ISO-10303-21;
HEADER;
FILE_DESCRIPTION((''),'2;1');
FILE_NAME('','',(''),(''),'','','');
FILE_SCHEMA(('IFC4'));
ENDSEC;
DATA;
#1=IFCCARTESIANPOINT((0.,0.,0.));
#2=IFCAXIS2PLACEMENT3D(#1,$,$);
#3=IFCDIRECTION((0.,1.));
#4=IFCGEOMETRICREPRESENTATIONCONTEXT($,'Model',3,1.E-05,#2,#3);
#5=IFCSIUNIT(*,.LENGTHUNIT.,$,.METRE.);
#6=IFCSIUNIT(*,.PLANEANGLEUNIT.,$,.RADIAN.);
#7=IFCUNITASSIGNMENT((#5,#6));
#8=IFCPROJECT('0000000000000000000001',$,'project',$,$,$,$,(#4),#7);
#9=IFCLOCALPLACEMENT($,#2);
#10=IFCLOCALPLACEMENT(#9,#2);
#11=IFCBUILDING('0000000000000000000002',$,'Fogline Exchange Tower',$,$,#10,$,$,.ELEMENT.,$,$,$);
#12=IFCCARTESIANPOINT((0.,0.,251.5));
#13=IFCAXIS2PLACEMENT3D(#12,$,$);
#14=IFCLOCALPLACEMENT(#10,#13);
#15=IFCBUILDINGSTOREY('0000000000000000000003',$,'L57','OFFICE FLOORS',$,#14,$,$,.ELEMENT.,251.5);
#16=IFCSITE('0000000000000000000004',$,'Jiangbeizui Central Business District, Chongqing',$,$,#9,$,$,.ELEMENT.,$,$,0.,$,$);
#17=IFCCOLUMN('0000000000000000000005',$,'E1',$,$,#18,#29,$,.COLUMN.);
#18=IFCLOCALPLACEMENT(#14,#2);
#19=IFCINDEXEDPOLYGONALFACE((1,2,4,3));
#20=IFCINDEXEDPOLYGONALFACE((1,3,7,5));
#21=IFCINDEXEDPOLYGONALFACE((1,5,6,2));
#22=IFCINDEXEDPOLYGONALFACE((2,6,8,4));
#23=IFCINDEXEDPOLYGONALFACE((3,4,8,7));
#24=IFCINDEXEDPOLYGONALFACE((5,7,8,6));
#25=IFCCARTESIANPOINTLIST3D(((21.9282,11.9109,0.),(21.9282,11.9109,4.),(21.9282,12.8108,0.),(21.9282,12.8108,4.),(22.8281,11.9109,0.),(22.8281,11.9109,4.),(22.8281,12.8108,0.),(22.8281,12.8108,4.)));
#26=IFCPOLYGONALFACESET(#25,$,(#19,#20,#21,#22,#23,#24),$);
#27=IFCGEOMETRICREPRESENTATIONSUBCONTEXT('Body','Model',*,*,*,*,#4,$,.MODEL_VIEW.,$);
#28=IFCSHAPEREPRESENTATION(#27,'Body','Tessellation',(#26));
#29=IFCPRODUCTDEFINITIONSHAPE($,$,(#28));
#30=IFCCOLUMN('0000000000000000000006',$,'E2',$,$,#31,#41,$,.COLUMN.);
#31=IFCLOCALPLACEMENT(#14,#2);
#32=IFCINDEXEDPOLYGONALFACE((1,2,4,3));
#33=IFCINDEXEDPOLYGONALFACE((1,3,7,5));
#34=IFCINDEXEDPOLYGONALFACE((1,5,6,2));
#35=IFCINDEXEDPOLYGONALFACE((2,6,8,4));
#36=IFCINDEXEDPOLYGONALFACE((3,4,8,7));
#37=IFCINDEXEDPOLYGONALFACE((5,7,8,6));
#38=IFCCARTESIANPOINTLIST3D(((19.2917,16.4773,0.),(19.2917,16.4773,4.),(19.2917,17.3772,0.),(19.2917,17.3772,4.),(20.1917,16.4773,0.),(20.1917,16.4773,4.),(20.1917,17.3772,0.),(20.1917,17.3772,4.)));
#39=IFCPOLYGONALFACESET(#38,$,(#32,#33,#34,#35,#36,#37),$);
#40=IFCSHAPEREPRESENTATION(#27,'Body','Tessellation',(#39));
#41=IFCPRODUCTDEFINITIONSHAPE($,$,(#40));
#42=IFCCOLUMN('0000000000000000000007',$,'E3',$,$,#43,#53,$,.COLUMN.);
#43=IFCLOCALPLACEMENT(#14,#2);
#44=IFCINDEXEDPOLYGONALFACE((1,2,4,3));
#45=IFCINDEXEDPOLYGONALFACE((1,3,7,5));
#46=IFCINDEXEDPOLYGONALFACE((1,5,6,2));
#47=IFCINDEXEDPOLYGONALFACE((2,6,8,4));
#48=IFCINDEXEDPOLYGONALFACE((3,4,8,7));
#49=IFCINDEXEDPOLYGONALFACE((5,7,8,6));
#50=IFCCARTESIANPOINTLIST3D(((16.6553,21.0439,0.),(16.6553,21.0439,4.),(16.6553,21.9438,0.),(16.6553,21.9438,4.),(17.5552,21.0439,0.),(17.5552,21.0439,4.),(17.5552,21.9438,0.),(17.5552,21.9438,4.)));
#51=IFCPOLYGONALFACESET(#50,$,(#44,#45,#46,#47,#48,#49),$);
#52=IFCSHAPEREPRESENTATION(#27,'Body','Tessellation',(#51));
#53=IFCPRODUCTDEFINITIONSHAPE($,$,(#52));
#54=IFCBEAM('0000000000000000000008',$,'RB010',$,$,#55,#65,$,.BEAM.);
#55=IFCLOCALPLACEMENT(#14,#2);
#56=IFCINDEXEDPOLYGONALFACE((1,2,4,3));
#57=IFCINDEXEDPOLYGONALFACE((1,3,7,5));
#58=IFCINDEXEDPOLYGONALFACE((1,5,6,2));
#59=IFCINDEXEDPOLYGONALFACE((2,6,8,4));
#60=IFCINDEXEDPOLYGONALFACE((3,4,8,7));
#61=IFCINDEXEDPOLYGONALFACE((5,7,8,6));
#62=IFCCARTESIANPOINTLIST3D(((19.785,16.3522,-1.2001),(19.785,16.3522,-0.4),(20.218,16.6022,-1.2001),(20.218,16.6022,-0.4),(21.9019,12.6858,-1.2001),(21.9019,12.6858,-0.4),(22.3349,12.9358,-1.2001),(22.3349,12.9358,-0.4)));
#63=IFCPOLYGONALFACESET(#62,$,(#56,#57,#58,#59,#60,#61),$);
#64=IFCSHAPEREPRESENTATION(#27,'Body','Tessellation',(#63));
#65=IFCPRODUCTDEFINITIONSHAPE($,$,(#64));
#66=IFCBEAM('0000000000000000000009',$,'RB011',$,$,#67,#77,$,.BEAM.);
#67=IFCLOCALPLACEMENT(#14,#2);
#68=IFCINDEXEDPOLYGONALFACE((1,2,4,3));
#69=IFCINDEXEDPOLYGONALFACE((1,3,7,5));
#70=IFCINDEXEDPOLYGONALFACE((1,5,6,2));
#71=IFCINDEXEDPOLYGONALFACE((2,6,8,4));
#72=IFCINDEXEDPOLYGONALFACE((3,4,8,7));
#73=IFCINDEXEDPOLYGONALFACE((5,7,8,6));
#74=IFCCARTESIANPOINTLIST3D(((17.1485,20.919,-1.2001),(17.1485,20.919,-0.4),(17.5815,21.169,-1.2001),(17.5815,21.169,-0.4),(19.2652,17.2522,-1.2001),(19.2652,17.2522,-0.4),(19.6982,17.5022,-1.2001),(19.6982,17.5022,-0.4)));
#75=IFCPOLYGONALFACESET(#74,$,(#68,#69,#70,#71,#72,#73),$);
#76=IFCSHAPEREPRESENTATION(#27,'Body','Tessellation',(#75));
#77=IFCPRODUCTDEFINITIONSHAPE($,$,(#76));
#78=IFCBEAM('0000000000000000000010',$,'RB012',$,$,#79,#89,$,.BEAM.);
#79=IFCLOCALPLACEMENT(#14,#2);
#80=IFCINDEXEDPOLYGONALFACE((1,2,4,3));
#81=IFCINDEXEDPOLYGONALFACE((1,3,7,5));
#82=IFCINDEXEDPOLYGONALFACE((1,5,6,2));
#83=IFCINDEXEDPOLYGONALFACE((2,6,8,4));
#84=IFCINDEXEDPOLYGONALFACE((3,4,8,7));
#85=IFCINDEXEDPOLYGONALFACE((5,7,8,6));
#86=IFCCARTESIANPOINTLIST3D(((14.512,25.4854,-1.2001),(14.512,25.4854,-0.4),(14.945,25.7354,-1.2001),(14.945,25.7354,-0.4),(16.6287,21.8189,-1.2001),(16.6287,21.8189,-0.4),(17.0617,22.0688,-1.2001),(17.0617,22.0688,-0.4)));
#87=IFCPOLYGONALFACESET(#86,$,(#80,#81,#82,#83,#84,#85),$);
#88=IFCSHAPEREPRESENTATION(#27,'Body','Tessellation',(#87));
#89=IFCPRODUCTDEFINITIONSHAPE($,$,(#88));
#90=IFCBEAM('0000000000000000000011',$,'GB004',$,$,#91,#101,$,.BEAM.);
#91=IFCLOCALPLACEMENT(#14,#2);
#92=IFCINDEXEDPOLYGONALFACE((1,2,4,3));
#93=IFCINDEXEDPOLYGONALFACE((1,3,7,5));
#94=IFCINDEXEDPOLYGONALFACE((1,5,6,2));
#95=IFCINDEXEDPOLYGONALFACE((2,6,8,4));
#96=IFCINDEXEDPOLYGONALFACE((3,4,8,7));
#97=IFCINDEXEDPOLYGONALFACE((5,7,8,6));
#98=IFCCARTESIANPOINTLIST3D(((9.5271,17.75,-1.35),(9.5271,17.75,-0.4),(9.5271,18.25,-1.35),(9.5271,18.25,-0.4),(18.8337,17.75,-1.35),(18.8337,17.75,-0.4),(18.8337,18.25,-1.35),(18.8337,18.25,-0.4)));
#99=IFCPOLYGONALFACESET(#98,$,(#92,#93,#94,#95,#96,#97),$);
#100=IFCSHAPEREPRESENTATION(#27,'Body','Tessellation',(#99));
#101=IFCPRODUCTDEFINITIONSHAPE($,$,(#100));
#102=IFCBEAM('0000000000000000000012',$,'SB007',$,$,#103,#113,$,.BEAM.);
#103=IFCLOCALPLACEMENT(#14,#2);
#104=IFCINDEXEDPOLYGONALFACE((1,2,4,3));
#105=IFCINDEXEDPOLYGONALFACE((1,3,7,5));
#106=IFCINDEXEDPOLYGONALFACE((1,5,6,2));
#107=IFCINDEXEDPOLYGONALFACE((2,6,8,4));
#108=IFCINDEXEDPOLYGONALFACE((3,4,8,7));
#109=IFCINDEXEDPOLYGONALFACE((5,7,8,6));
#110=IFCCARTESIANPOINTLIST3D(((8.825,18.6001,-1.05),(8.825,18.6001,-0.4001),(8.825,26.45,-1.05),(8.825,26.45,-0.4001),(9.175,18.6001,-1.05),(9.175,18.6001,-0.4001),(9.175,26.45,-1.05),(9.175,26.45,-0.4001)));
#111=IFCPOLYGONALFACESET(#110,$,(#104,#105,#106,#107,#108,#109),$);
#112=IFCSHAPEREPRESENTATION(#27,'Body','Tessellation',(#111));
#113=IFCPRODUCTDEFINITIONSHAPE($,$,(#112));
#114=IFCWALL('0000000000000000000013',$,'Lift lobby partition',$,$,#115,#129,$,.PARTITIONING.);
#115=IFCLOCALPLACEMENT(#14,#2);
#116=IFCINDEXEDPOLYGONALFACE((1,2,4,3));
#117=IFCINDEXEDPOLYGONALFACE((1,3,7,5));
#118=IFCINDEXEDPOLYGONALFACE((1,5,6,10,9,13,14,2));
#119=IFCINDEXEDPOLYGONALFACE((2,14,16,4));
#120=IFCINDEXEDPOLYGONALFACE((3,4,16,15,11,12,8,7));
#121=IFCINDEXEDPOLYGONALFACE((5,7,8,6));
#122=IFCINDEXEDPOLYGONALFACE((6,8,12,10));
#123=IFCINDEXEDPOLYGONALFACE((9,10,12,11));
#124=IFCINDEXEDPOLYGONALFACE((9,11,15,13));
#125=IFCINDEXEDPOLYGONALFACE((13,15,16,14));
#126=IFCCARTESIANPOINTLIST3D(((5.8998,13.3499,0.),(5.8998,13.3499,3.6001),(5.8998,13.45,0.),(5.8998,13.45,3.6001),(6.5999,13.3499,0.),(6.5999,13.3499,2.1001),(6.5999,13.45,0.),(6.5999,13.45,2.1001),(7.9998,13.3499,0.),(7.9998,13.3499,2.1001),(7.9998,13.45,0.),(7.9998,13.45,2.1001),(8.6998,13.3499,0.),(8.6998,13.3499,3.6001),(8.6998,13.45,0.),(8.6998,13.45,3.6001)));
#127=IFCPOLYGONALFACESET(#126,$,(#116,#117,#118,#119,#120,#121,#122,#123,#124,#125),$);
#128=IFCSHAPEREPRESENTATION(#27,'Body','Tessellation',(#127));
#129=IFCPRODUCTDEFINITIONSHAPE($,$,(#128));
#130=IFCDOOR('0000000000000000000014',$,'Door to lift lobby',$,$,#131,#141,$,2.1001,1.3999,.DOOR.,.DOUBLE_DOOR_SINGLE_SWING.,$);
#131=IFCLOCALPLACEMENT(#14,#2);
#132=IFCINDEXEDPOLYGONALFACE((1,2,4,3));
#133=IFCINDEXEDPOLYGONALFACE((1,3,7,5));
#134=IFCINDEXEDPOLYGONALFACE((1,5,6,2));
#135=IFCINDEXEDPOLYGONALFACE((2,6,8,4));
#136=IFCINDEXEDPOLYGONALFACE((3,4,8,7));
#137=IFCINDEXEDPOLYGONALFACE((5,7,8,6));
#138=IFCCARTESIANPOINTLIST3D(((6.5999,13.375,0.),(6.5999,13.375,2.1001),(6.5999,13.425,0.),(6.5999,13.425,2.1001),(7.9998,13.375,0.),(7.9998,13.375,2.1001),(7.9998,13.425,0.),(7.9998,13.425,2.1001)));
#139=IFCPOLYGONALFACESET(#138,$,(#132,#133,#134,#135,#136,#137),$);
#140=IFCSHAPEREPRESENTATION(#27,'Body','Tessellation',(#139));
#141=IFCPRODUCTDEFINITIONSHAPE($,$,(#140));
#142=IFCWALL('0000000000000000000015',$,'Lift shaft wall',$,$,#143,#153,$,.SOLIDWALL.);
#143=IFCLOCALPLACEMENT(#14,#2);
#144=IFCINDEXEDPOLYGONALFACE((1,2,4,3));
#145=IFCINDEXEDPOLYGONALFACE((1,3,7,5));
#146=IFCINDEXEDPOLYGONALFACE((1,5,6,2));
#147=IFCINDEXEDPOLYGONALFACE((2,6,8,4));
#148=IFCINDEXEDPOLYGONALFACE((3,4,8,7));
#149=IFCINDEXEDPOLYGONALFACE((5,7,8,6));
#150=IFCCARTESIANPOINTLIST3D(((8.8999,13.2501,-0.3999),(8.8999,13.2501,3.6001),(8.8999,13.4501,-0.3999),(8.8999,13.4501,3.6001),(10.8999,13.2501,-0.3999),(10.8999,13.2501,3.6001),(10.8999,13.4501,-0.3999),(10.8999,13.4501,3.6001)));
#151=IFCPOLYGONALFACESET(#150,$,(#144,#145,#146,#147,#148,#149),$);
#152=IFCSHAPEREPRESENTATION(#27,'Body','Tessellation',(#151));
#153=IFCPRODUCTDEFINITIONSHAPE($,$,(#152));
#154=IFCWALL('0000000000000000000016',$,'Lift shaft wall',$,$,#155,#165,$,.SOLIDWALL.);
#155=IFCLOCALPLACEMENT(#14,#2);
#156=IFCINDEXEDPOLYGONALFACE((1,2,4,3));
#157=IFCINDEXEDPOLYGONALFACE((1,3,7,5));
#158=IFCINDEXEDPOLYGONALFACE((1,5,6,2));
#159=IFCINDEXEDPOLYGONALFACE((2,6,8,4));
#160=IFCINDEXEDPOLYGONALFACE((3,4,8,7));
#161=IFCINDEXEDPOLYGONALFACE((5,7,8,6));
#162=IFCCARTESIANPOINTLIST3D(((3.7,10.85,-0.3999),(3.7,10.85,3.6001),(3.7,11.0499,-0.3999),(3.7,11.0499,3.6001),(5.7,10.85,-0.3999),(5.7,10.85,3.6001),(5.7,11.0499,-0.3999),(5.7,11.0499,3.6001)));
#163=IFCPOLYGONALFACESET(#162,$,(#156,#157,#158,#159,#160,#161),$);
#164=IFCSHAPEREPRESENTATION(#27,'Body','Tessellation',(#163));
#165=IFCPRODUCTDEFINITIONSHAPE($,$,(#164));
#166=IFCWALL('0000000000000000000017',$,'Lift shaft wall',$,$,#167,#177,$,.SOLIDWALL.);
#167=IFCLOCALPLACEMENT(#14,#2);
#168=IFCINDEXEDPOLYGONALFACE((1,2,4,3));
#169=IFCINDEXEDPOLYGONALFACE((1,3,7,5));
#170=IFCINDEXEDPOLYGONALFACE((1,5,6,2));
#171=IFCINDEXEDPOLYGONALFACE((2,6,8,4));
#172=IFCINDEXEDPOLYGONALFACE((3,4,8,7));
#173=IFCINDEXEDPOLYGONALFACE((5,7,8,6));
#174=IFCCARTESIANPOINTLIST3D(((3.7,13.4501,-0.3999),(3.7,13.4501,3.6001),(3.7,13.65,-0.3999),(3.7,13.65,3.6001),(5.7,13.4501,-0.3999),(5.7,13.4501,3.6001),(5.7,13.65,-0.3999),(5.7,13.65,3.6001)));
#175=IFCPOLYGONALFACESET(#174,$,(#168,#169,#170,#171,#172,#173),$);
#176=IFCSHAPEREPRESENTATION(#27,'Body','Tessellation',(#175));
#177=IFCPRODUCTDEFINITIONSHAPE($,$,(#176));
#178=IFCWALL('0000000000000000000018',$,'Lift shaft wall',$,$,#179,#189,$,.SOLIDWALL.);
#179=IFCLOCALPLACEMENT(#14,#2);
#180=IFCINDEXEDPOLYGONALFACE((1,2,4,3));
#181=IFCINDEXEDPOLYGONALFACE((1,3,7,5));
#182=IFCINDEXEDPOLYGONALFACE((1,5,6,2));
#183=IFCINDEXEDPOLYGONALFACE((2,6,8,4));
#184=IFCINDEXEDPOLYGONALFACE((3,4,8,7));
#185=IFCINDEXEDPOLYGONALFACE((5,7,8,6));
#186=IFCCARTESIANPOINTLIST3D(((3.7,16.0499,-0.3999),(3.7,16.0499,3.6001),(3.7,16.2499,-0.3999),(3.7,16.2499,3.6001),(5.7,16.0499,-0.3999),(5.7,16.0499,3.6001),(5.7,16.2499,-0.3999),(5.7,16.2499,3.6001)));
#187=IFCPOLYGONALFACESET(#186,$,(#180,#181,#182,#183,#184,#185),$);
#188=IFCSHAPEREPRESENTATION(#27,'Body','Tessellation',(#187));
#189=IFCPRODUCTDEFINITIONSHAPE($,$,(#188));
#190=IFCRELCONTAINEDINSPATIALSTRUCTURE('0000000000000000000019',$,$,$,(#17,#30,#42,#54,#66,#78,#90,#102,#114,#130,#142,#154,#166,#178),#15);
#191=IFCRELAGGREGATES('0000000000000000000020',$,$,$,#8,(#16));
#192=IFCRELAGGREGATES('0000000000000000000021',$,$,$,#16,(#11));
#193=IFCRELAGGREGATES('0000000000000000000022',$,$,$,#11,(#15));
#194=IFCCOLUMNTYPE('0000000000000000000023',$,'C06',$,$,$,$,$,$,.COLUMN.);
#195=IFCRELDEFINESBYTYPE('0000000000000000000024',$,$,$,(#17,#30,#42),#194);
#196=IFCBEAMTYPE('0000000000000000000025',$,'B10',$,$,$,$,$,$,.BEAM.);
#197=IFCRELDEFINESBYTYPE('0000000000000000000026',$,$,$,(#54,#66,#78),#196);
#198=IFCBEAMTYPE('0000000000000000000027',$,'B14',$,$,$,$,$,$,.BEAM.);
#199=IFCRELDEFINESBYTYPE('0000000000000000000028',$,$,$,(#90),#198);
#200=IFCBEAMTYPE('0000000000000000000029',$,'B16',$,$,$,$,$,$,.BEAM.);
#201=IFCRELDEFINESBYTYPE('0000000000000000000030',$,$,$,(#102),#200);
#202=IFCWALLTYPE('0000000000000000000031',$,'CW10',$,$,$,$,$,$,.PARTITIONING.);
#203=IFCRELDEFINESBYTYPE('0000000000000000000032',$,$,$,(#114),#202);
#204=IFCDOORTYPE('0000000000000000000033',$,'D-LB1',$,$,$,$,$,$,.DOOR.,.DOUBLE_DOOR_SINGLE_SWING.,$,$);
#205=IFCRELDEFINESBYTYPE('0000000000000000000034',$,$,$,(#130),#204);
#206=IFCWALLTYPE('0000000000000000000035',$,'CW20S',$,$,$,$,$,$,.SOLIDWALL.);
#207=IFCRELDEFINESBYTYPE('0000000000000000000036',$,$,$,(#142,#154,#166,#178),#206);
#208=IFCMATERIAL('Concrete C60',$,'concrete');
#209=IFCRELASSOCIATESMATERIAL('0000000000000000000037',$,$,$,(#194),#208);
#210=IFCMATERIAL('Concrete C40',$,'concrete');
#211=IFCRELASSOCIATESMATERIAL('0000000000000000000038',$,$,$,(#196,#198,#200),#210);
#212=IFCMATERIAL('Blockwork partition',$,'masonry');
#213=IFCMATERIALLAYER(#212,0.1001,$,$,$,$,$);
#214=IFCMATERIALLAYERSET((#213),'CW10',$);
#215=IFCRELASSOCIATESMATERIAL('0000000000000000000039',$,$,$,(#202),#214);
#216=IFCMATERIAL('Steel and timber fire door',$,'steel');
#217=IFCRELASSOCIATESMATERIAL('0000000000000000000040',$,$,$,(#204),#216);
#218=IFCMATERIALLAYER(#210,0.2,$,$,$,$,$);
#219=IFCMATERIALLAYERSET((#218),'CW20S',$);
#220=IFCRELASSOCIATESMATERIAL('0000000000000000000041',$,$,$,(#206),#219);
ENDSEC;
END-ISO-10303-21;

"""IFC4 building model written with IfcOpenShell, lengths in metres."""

from ifc_helpers import new_model, si_unit, direction, frame, frame_2d, origin, origin_2d, place, context, subcontext, project, spatial, rectangle, extrude, material, layer, layer_set, material_profile, profile_set, type_object, element, fill, save


model = new_model("IFC4")

# Units and contexts
model_context = context("Model", 3, precision=1e-05, world=origin(), true_north=direction((0.0, 1.0)))
body_context = subcontext(model_context, "Body", "Model", "MODEL_VIEW")
ifc_project = project(units=[si_unit("LENGTHUNIT", "METRE"), si_unit("PLANEANGLEUNIT", "RADIAN")], contexts=[model_context])

# Site, building, storey
site_placement = place(None, origin())
site = spatial("IfcSite", under=ifc_project, at=site_placement, Name="Jiangbeizui Central Business District, Chongqing", CompositionType="ELEMENT", RefElevation=0.0)
building_placement = place(site_placement, origin())
building = spatial("IfcBuilding", under=site, at=building_placement, Name="Fogline Exchange Tower", CompositionType="ELEMENT")
storey_placement = place(building_placement, frame((0.0, 0.0, 251.5)))
storey = spatial("IfcBuildingStorey", under=building, at=storey_placement, Name="L57", Description="OFFICE FLOORS", CompositionType="ELEMENT", Elevation=251.5)

# Columns
ifc_material_1 = material(Name="Concrete C60", Category="concrete")
ifc_material_profile_1 = material_profile(ifc_material_1, rectangle(XDim=0.8999, YDim=0.8999, at=origin_2d()), Name="RC 900x900")
ifc_profile_set_1 = profile_set([ifc_material_profile_1], Name="Concrete C60")
column_type = type_object("IfcColumnType", Name="C06", PredefinedType="COLUMN", material=ifc_profile_set_1)
for number, where, z_axis, x_axis, name in (
    (1, (22.3782, 12.3608, 0.0), (0.0, 0.0, 1.0), (1.0, 0.0, 0.0), "E1"),
    (2, (19.7417, 16.9272, 0.0), (0.0, 0.0, 1.0), (1.0, 0.0, 0.0), "E2"),
    (3, (17.1052, 21.4939, 0.0), (0.0, 0.0, 1.0), (1.0, 0.0, 0.0), "E3"),
):
    element("IfcColumn", number, at=place(storey_placement, frame(where, z_axis=z_axis, x_axis=x_axis)), inside=storey, type_object=column_type, Name=name, PredefinedType="COLUMN", context=body_context, shape_type="SweptSolid", body=[
        extrude(rectangle(XDim=0.8999, YDim=0.8999, at=origin_2d()), origin(), (0.0, 0.0, 1.0), 4.0),
    ])

# Beams
ifc_material_2 = material(Name="Concrete C40", Category="concrete")
ifc_material_profile_2 = material_profile(ifc_material_2, rectangle(XDim=0.5, YDim=0.8, at=origin_2d()), Name="RC 500x800")
ifc_profile_set_2 = profile_set([ifc_material_profile_2], Name="Concrete C40")
beam_type_1 = type_object("IfcBeamType", Name="B10", PredefinedType="BEAM", material=ifc_profile_set_2)
beam_1_placement = place(storey_placement, frame((22.1184, 12.8108, -0.8), z_axis=(-0.500015, 0.866017, 0.0), x_axis=(-0.866017, -0.500015, 0.0)))
element("IfcBeam", 4, at=beam_1_placement, inside=storey, type_object=beam_type_1, Name="RB010", PredefinedType="BEAM", context=body_context, shape_type="SweptSolid", body=[
    extrude(rectangle(XDim=0.5, YDim=0.8, at=origin_2d()), origin(), (0.0, 0.0, 1.0), 4.2336),
])
beam_2_placement = place(storey_placement, frame((19.4817, 17.3772, -0.8), z_axis=(-0.499947, 0.866056, 0.0), x_axis=(-0.866056, -0.499947, 0.0)))
element("IfcBeam", 5, at=beam_2_placement, inside=storey, type_object=beam_type_1, Name="RB011", PredefinedType="BEAM", context=body_context, shape_type="SweptSolid", body=[
    extrude(rectangle(XDim=0.5, YDim=0.8, at=origin_2d()), origin(), (0.0, 0.0, 1.0), 4.2339),
])
beam_3_placement = place(storey_placement, frame((16.8452, 21.9438, -0.8), z_axis=(-0.499972, 0.866042, 0.0), x_axis=(-0.866042, -0.499972, 0.0)))
element("IfcBeam", 6, at=beam_3_placement, inside=storey, type_object=beam_type_1, Name="RB012", PredefinedType="BEAM", context=body_context, shape_type="SweptSolid", body=[
    extrude(rectangle(XDim=0.5, YDim=0.8, at=origin_2d()), origin(), (0.0, 0.0, 1.0), 4.2336),
])
ifc_material_profile_3 = material_profile(ifc_material_2, rectangle(XDim=0.5, YDim=0.95, at=origin_2d()), Name="RC 500x950")
ifc_profile_set_3 = profile_set([ifc_material_profile_3], Name="Concrete C40")
beam_type_2 = type_object("IfcBeamType", Name="B14", PredefinedType="BEAM", material=ifc_profile_set_3)
beam_4_placement = place(storey_placement, frame((9.5271, 18.0, -0.875), z_axis=(1.0, 0.0, 0.0), x_axis=(0.0, 1.0, 0.0)))
element("IfcBeam", 7, at=beam_4_placement, inside=storey, type_object=beam_type_2, Name="GB004", PredefinedType="BEAM", context=body_context, shape_type="SweptSolid", body=[
    extrude(rectangle(XDim=0.5, YDim=0.95, at=origin_2d()), origin(), (0.0, 0.0, 1.0), 9.3066),
])
ifc_material_profile_4 = material_profile(ifc_material_2, rectangle(XDim=0.3501, YDim=0.6499, at=origin_2d()), Name="RC 350x650")
ifc_profile_set_4 = profile_set([ifc_material_profile_4], Name="Concrete C40")
beam_type_3 = type_object("IfcBeamType", Name="B16", PredefinedType="BEAM", material=ifc_profile_set_4)
beam_5_placement = place(storey_placement, frame((9.0, 18.6001, -0.7251), z_axis=(0.0, 1.0, 0.0), x_axis=(-1.0, 0.0, 0.0)))
element("IfcBeam", 8, at=beam_5_placement, inside=storey, type_object=beam_type_3, Name="SB007", PredefinedType="BEAM", context=body_context, shape_type="SweptSolid", body=[
    extrude(rectangle(XDim=0.3501, YDim=0.6499, at=origin_2d()), origin(), (0.0, 0.0, 1.0), 7.8499),
])

# Wall, opening, door
ifc_material_3 = material(Name="Blockwork partition", Category="masonry")
ifc_layer_1 = layer(ifc_material_3, 0.1001)
ifc_layer_set_1 = layer_set([ifc_layer_1], Name="CW10")
wall_type_1 = type_object("IfcWallType", Name="CW10", PredefinedType="PARTITIONING", material=ifc_layer_set_1)
wall_1_placement = place(storey_placement, frame((5.8999, 13.3999, 0.0), z_axis=(0.0, 0.0, 1.0), x_axis=(1.0, 0.0, 0.0)))
wall_1 = element("IfcWall", 9, at=wall_1_placement, inside=storey, type_object=wall_type_1, Name="Lift lobby partition", PredefinedType="PARTITIONING", context=body_context, shape_type="SweptSolid", body=[
    extrude(rectangle(XDim=2.8, YDim=0.1001, at=frame_2d((1.3999, 0.0))), origin(), (0.0, 0.0, 1.0), 3.6001),
])
opening_1_placement = place(wall_1_placement, frame((0.7, 0.0, 0.0)))
opening_1 = element("IfcOpeningElement", 10, at=opening_1_placement, cuts=wall_1, PredefinedType="OPENING", context=body_context, shape_type="SweptSolid", body=[
    extrude(rectangle(XDim=1.3999, YDim=2.1001, at=frame_2d((0.7, 1.05))), frame((0.0, 0.0601, 0.0), z_axis=(0.0, -1.0, 0.0), x_axis=(1.0, 0.0, 0.0)), (0.0, 0.0, 1.0), 0.1201),
])
ifc_material_4 = material(Name="Steel and timber fire door", Category="steel")
door_type_1 = type_object("IfcDoorType", Name="D-LB1", OperationType="DOUBLE_DOOR_SINGLE_SWING", PredefinedType="DOOR", material=ifc_material_4)
door_1_placement = place(opening_1_placement, frame((1.3999, 0.0, 0.0), z_axis=(0.0, 0.0, 1.0), x_axis=(-1.0, 0.0, 0.0)))
door_1 = element("IfcDoor", 11, at=door_1_placement, inside=storey, type_object=door_type_1, Name="Door to lift lobby", OperationType="DOUBLE_DOOR_SINGLE_SWING", OverallHeight=2.1001, OverallWidth=1.3999, PredefinedType="DOOR", context=body_context, shape_type="SweptSolid", body=[
    extrude(rectangle(XDim=1.3999, YDim=2.1001, at=frame_2d((0.7, 1.05))), frame((0.0, 0.0249, 0.0), z_axis=(0.0, -1.0, 0.0), x_axis=(1.0, 0.0, 0.0)), (0.0, 0.0, 1.0), 0.05),
])
fill(opening_1, door_1)

# Walls
ifc_layer_2 = layer(ifc_material_2, 0.2)
ifc_layer_set_2 = layer_set([ifc_layer_2], Name="CW20S")
wall_type_2 = type_object("IfcWallType", Name="CW20S", PredefinedType="SOLIDWALL", material=ifc_layer_set_2)
for number, where, z_axis, x_axis, name in (
    (12, (8.8999, 13.3501, -0.3999), (0.0, 0.0, 1.0), (1.0, 0.0, 0.0), "Lift shaft wall"),
    (13, (3.7, 10.95, -0.3999), (0.0, 0.0, 1.0), (1.0, 0.0, 0.0), "Lift shaft wall"),
    (14, (3.7, 13.55, -0.3999), (0.0, 0.0, 1.0), (1.0, 0.0, 0.0), "Lift shaft wall"),
    (15, (3.7, 16.1499, -0.3999), (0.0, 0.0, 1.0), (1.0, 0.0, 0.0), "Lift shaft wall"),
):
    element("IfcWall", number, at=place(storey_placement, frame(where, z_axis=z_axis, x_axis=x_axis)), inside=storey, type_object=wall_type_2, Name=name, PredefinedType="SOLIDWALL", context=body_context, shape_type="SweptSolid", body=[
        extrude(rectangle(XDim=2.0, YDim=0.2, at=frame_2d((1.0, 0.0))), origin(), (0.0, 0.0, 1.0), 4.0),
    ])

save(model, "model.ifc")
